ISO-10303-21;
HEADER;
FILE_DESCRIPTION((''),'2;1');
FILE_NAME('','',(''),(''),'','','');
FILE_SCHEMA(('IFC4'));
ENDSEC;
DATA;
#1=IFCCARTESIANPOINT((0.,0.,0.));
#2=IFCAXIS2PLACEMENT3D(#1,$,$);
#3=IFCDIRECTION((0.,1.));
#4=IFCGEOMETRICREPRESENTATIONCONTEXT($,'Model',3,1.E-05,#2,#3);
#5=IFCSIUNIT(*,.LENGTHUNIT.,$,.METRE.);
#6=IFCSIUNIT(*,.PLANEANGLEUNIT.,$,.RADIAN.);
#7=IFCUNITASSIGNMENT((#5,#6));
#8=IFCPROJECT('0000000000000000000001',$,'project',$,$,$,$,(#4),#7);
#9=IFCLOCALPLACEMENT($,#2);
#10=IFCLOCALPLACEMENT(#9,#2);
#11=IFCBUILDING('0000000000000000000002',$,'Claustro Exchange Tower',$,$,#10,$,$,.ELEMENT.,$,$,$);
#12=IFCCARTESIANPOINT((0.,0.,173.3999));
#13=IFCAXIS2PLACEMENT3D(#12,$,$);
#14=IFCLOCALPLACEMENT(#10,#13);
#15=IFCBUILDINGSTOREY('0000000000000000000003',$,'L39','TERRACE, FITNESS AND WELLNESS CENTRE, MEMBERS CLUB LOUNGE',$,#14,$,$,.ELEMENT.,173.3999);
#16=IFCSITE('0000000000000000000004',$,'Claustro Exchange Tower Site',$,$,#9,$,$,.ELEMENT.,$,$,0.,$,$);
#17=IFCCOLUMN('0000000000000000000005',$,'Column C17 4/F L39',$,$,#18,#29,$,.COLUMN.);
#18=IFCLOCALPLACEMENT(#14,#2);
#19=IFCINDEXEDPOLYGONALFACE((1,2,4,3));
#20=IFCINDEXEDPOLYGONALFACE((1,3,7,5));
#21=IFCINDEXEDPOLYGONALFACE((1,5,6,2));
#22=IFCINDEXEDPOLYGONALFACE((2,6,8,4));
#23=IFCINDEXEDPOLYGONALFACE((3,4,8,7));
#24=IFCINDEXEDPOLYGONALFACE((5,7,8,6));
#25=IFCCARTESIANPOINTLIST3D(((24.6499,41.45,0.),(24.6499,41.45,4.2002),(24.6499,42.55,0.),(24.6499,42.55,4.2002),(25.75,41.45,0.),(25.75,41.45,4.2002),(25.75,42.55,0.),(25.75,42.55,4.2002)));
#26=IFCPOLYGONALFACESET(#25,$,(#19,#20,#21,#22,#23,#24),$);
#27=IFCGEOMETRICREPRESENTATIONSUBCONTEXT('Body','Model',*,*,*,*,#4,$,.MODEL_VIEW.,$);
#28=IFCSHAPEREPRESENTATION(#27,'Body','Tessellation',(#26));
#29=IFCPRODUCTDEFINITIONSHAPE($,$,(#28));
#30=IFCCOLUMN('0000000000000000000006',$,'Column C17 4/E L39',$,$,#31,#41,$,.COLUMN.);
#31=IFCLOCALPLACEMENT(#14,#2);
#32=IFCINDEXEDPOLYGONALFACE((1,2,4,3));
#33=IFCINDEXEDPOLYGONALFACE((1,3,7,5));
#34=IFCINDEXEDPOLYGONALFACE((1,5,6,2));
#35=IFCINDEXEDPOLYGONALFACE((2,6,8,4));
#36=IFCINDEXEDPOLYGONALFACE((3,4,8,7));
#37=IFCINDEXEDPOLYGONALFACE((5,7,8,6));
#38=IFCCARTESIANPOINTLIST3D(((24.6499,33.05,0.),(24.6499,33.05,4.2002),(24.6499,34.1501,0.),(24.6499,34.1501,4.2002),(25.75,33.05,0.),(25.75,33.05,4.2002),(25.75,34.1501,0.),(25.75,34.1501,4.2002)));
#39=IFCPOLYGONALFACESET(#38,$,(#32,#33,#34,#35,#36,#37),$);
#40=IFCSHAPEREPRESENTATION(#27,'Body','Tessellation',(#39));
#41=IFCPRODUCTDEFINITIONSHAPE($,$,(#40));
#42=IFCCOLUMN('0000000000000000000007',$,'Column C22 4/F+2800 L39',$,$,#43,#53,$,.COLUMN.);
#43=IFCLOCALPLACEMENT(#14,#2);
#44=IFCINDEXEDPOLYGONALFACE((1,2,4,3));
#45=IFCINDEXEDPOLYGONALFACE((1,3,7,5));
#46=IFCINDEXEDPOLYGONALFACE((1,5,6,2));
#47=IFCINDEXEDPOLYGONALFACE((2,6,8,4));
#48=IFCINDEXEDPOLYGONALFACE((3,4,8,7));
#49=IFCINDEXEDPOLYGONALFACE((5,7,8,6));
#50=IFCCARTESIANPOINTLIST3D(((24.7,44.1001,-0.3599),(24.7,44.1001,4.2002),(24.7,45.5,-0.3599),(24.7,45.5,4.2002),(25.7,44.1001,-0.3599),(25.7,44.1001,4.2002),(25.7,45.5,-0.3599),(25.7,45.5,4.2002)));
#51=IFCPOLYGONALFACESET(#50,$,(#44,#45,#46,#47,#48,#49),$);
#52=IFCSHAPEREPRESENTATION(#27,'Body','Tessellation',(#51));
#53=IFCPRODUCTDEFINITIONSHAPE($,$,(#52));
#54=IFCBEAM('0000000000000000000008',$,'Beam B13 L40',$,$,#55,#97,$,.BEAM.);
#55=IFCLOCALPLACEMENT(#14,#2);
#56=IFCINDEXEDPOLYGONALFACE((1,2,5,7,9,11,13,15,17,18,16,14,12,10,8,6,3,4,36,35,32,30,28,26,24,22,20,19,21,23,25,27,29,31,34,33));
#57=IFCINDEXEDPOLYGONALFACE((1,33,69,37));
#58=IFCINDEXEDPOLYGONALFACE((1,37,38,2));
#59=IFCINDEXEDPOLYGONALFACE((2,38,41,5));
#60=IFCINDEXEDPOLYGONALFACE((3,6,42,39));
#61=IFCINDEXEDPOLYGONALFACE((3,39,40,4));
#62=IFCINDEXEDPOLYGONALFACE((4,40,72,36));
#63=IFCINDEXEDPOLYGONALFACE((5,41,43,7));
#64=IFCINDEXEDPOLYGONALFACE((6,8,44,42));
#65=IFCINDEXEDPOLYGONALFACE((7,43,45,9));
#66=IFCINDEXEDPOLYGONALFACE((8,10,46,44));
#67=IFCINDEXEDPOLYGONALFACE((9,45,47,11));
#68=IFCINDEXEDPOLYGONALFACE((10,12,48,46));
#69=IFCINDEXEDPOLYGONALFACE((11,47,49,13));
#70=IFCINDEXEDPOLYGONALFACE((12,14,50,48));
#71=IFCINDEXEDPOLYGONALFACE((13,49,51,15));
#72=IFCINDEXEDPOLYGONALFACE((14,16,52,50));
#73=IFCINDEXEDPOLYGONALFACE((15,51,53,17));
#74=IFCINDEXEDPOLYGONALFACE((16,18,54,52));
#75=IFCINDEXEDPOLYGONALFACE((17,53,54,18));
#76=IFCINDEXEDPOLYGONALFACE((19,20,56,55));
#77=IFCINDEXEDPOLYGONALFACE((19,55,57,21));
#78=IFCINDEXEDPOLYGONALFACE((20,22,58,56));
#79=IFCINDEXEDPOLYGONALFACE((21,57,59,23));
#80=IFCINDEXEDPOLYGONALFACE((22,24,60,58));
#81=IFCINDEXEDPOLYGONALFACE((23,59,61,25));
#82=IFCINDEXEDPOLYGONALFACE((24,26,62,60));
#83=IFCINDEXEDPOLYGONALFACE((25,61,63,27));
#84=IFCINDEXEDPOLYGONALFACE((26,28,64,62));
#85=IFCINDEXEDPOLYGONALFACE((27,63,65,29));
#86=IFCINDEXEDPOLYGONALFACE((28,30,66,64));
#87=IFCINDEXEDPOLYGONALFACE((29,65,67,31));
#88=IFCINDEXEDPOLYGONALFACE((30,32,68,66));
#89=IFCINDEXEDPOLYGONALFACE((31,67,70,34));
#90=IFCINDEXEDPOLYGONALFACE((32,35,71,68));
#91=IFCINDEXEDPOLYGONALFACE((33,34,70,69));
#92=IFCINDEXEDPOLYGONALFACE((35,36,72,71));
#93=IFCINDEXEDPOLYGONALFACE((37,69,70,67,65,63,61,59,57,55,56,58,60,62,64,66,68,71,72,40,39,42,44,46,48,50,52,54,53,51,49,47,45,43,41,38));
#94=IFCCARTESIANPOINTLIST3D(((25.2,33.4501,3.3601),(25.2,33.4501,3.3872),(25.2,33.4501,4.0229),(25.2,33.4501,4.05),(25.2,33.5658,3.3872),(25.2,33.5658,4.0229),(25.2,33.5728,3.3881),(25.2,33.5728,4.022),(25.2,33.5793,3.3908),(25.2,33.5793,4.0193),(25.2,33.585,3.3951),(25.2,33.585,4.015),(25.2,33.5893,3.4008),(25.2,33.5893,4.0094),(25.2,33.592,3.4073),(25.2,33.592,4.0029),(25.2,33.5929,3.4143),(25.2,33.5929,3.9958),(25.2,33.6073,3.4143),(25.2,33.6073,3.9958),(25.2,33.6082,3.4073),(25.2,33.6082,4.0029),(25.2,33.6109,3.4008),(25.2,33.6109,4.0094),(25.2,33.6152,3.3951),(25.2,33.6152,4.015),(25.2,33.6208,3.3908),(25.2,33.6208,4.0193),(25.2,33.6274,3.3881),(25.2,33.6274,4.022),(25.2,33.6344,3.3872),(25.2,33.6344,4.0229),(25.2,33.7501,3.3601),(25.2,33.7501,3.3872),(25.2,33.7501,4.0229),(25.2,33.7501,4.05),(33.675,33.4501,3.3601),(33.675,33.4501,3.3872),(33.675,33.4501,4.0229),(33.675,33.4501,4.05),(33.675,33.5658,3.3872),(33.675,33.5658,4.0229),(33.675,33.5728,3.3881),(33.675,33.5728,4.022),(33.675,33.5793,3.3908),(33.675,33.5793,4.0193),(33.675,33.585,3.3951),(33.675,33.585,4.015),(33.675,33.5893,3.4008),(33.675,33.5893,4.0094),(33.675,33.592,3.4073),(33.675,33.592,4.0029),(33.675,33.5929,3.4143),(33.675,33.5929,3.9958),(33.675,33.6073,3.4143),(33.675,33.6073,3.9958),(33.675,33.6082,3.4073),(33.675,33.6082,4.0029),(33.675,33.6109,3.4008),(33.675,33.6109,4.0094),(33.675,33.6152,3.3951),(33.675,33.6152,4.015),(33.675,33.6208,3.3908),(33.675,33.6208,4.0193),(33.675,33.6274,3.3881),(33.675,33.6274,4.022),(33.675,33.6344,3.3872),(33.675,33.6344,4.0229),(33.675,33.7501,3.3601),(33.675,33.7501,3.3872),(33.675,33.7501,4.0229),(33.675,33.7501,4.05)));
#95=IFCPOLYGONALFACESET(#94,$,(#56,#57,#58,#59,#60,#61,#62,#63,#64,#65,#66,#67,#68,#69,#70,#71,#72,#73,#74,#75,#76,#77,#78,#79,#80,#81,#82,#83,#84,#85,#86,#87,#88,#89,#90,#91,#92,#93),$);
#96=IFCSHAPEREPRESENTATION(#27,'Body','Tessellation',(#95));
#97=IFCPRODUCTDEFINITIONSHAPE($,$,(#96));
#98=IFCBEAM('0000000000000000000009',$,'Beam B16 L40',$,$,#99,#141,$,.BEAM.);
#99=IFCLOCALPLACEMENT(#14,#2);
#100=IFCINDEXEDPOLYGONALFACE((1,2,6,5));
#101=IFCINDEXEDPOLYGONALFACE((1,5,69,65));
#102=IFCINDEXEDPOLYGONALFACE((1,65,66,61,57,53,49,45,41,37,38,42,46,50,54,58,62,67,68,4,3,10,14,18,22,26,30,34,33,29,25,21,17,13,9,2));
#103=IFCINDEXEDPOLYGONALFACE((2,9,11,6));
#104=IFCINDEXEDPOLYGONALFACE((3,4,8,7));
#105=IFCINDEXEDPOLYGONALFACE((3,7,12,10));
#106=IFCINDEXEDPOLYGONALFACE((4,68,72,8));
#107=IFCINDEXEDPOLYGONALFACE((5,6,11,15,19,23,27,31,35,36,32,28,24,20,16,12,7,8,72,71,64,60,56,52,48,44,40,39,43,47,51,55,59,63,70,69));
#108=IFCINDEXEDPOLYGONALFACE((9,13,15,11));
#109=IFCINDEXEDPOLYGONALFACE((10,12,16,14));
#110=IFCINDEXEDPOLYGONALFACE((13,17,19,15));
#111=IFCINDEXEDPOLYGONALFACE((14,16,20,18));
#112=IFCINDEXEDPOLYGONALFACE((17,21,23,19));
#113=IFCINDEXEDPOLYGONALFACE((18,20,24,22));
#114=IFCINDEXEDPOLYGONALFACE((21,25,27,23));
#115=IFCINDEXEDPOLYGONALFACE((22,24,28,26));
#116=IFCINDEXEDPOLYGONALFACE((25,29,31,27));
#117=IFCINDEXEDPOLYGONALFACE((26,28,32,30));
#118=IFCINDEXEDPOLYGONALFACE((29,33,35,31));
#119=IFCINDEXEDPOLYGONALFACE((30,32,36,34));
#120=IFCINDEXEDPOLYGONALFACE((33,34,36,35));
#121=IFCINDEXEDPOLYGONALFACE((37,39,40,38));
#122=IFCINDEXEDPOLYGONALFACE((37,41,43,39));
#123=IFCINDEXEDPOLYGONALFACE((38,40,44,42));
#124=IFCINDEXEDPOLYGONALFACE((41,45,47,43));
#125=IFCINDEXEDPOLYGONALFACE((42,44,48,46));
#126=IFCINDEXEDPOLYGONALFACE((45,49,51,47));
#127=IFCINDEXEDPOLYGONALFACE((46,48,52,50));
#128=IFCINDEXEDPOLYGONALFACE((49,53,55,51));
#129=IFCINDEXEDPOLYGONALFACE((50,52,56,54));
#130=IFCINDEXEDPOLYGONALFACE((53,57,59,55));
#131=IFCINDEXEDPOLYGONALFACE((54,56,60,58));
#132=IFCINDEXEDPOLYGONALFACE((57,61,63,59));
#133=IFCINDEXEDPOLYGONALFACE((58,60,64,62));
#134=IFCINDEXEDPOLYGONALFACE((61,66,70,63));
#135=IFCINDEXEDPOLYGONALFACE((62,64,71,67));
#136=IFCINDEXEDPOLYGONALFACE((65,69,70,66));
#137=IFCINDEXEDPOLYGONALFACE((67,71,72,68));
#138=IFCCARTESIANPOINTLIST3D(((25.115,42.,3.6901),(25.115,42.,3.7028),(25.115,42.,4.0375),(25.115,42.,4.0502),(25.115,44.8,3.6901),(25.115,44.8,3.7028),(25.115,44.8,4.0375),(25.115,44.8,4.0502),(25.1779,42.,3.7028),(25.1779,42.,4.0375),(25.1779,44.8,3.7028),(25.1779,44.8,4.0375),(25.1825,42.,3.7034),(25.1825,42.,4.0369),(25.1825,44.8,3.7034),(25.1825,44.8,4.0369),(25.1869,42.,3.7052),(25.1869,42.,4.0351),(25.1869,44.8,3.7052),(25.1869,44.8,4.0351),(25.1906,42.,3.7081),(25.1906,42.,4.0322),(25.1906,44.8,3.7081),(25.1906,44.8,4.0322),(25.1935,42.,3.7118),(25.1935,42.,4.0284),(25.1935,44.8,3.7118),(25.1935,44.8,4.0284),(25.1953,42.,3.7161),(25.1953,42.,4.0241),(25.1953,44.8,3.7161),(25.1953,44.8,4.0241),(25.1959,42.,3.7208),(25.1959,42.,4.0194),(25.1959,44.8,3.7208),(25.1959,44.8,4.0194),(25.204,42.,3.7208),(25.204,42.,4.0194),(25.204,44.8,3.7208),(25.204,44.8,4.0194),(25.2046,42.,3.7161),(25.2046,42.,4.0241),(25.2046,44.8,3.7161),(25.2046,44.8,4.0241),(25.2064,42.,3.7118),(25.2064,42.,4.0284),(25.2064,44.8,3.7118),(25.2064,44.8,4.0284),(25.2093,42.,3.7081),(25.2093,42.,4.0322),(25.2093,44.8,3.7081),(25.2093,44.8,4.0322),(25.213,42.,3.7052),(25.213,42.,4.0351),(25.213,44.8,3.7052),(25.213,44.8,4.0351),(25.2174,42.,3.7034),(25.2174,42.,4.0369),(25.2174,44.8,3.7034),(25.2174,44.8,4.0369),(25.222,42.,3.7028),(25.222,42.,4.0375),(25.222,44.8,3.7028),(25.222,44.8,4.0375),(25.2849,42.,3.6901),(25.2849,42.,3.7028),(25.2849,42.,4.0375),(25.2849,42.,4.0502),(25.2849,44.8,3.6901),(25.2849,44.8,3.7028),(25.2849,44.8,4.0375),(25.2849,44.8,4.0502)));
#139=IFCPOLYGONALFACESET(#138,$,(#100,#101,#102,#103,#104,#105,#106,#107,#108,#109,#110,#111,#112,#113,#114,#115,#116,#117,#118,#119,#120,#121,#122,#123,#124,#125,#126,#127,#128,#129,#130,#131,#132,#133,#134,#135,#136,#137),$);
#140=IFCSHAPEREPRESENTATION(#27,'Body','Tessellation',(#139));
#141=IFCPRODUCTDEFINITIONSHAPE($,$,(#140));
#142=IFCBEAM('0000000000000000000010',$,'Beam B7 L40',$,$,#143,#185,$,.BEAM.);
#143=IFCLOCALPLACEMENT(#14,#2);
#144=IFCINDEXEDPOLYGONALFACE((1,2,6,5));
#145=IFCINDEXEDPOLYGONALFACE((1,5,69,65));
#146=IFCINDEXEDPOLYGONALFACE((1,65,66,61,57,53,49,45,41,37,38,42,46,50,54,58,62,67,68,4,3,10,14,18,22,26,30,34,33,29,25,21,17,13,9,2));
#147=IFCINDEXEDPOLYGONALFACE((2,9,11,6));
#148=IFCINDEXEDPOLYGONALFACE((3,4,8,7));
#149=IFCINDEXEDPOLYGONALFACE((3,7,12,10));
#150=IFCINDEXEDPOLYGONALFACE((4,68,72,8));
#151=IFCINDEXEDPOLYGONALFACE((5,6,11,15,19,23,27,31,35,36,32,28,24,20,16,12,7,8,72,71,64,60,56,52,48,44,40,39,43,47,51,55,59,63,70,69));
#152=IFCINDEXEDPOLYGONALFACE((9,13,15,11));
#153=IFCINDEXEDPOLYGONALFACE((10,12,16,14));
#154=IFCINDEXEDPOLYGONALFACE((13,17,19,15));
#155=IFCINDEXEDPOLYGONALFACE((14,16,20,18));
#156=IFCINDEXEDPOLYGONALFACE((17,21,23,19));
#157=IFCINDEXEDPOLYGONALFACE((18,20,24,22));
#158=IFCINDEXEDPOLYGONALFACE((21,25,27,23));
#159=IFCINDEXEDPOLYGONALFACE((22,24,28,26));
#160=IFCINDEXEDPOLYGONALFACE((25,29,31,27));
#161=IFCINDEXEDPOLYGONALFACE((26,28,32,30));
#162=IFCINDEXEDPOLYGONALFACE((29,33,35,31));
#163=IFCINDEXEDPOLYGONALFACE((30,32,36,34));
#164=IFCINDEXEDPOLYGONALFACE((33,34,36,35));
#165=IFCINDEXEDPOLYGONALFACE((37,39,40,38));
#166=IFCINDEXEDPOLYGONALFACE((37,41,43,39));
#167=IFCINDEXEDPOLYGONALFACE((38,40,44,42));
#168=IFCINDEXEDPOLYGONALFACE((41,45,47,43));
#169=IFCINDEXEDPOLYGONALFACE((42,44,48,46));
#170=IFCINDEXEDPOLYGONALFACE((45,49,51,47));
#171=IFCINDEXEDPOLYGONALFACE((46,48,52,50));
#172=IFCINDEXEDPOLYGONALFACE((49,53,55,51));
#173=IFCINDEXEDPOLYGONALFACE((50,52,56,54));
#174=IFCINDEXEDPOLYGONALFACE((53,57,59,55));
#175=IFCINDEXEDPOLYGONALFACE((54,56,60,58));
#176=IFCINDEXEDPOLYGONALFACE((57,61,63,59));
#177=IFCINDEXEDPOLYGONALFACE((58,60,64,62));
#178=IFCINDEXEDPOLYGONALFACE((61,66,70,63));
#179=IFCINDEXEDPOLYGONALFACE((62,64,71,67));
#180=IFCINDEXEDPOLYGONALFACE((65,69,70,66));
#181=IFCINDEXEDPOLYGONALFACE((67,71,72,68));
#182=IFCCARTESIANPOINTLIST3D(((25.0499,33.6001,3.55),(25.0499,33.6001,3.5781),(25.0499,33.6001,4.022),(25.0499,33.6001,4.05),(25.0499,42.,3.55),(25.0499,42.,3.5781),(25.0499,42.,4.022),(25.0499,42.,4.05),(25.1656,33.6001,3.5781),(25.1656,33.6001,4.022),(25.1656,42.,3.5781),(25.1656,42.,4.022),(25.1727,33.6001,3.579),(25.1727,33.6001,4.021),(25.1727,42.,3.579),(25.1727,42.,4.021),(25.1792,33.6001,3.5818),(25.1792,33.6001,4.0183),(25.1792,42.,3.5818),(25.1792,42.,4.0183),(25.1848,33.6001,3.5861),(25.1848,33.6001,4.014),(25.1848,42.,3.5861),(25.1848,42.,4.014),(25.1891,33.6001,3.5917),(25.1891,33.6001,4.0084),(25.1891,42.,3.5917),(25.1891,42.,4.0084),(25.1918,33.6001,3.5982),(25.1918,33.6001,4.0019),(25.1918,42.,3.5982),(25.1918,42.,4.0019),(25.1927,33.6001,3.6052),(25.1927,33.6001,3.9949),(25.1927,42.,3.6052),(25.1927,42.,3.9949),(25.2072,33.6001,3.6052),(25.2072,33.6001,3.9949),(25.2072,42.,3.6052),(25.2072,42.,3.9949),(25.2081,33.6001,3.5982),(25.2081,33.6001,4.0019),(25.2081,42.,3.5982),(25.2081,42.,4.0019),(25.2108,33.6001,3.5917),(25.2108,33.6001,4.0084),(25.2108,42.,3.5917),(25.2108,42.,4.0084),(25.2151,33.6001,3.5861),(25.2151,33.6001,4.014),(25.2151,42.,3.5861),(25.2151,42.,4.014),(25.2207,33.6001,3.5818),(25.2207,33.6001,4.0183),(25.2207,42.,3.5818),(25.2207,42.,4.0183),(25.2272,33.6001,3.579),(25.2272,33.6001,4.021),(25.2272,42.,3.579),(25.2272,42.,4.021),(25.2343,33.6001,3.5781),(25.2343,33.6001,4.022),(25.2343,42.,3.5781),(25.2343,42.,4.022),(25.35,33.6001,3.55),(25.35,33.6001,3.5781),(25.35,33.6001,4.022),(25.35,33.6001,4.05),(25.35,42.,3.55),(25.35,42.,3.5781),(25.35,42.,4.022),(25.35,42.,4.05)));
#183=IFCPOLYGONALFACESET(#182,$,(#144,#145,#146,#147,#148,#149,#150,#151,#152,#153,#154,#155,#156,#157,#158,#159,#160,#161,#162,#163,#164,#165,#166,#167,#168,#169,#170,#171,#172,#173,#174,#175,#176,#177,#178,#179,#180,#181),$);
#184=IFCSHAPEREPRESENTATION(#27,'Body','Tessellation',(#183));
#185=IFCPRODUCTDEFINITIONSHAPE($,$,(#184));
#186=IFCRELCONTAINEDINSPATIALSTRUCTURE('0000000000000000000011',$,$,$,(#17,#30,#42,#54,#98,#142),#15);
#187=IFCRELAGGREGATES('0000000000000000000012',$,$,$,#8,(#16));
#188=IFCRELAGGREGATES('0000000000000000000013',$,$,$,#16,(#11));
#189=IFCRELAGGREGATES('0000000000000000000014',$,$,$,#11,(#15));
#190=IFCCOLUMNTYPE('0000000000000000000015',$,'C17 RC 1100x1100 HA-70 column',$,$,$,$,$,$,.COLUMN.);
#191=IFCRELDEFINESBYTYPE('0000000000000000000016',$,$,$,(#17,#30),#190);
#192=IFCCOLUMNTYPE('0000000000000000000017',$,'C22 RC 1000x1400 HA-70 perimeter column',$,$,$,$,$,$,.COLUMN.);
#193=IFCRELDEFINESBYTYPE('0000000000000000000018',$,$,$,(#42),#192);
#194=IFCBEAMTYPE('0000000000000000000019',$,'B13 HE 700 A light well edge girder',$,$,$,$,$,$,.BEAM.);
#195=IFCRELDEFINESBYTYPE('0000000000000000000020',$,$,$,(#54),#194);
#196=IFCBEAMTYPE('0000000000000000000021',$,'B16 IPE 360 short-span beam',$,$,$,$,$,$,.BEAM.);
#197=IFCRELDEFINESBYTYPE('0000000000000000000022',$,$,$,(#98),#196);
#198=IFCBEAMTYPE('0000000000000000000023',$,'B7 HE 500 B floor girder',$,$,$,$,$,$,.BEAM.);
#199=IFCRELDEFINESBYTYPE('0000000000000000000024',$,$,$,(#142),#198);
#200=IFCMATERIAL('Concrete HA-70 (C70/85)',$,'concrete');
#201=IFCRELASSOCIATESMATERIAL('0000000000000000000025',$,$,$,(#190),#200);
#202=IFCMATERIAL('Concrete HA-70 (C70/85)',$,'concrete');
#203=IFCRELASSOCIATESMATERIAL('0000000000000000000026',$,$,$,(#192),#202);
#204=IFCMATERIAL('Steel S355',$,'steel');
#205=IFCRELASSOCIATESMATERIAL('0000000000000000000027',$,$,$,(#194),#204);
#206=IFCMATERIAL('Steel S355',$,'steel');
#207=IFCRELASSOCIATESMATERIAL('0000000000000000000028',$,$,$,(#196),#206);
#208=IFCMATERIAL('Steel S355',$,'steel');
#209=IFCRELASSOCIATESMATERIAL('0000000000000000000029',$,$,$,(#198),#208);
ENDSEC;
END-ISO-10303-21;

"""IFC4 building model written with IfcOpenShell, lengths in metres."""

from ifc_helpers import new_model, si_unit, direction, frame, origin, origin_2d, place, context, subcontext, project, spatial, rectangle, i_section, extrude, material, material_profile, profile_set, type_object, element, save


model = new_model("IFC4")

# Units and contexts
model_context = context("Model", 3, precision=1e-05, world=origin(), true_north=direction((0.0, 1.0)))
body_context = subcontext(model_context, "Body", "Model", "MODEL_VIEW")
ifc_project = project(units=[si_unit("LENGTHUNIT", "METRE"), si_unit("PLANEANGLEUNIT", "RADIAN")], contexts=[model_context])

# Site, building, storey
site_placement = place(None, origin())
site = spatial("IfcSite", under=ifc_project, at=site_placement, Name="Claustro Exchange Tower Site", CompositionType="ELEMENT", RefElevation=0.0)
building_placement = place(site_placement, origin())
building = spatial("IfcBuilding", under=site, at=building_placement, Name="Claustro Exchange Tower", CompositionType="ELEMENT")
storey_placement = place(building_placement, frame((0.0, 0.0, 173.3999)))
storey = spatial("IfcBuildingStorey", under=building, at=storey_placement, Name="L39", Description="TERRACE, FITNESS AND WELLNESS CENTRE, MEMBERS CLUB LOUNGE", CompositionType="ELEMENT", Elevation=173.3999)

# Columns
ifc_material_1 = material(Name="Concrete HA-70 (C70/85)", Category="concrete")
ifc_material_profile_1 = material_profile(ifc_material_1, rectangle(XDim=1.1001, YDim=1.1001, at=origin_2d()), Name="RC 1100x1100")
ifc_profile_set_1 = profile_set([ifc_material_profile_1], Name="Concrete HA-70 (C70/85)")
column_type_1 = type_object("IfcColumnType", Name="C17 RC 1100x1100 HA-70 column", PredefinedType="COLUMN", material=ifc_profile_set_1)
for number, where, z_axis, x_axis, name in (
    (1, (25.2, 42.0, 0.0), (0.0, 0.0, 1.0), (1.0, 0.0, 0.0), "Column C17 4/F L39"),
    (2, (25.2, 33.6001, 0.0), (0.0, 0.0, 1.0), (1.0, 0.0, 0.0), "Column C17 4/E L39"),
):
    element("IfcColumn", number, at=place(storey_placement, frame(where, z_axis=z_axis, x_axis=x_axis)), inside=storey, type_object=column_type_1, Name=name, PredefinedType="COLUMN", context=body_context, shape_type="SweptSolid", body=[
        extrude(rectangle(XDim=1.1001, YDim=1.1001, at=origin_2d()), origin(), (0.0, 0.0, 1.0), 4.2002),
    ])
ifc_material_2 = material(Name="Concrete HA-70 (C70/85)", Category="concrete")
ifc_material_profile_2 = material_profile(ifc_material_2, rectangle(XDim=1.0, YDim=1.3999, at=origin_2d()), Name="RC 1000x1400")
ifc_profile_set_2 = profile_set([ifc_material_profile_2], Name="Concrete HA-70 (C70/85)")
column_type_2 = type_object("IfcColumnType", Name="C22 RC 1000x1400 HA-70 perimeter column", PredefinedType="COLUMN", material=ifc_profile_set_2)
column_placement = place(storey_placement, frame((25.2, 44.8, -0.3599), z_axis=(0.0, 0.0, 1.0), x_axis=(1.0, 0.0, 0.0)))
element("IfcColumn", 3, at=column_placement, inside=storey, type_object=column_type_2, Name="Column C22 4/F+2800 L39", PredefinedType="COLUMN", context=body_context, shape_type="SweptSolid", body=[
    extrude(rectangle(XDim=1.0, YDim=1.3999, at=origin_2d()), origin(), (0.0, 0.0, 1.0), 4.5601),
])

# Beams
ifc_material_3 = material(Name="Steel S355", Category="steel")
ifc_material_profile_3 = material_profile(ifc_material_3, i_section(OverallWidth=0.3, OverallDepth=0.6899, WebThickness=0.0144, FlangeThickness=0.0271, FilletRadius=0.0271, at=origin_2d()), Name="HE 700 A")
ifc_profile_set_3 = profile_set([ifc_material_profile_3], Name="Steel S355")
beam_type_1 = type_object("IfcBeamType", Name="B13 HE 700 A light well edge girder", PredefinedType="BEAM", material=ifc_profile_set_3)
beam_1_placement = place(storey_placement, frame((25.2, 33.6001, 3.7051), z_axis=(1.0, 0.0, 0.0), x_axis=(0.0, 1.0, 0.0)))
element("IfcBeam", 4, at=beam_1_placement, inside=storey, type_object=beam_type_1, Name="Beam B13 L40", PredefinedType="BEAM", context=body_context, shape_type="SweptSolid", body=[
    extrude(i_section(OverallWidth=0.3, OverallDepth=0.6899, WebThickness=0.0144, FlangeThickness=0.0271, FilletRadius=0.0271, at=origin_2d()), origin(), (0.0, 0.0, 1.0), 8.4751),
])
ifc_material_4 = material(Name="Steel S355", Category="steel")
ifc_material_profile_4 = material_profile(ifc_material_4, i_section(OverallWidth=0.1699, OverallDepth=0.3601, WebThickness=0.0081, FlangeThickness=0.0127, FilletRadius=0.0181, at=origin_2d()), Name="IPE 360")
ifc_profile_set_4 = profile_set([ifc_material_profile_4], Name="Steel S355")
beam_type_2 = type_object("IfcBeamType", Name="B16 IPE 360 short-span beam", PredefinedType="BEAM", material=ifc_profile_set_4)
beam_2_placement = place(storey_placement, frame((25.2, 42.0, 3.8701), z_axis=(0.0, 1.0, 0.0), x_axis=(-1.0, 0.0, 0.0)))
element("IfcBeam", 5, at=beam_2_placement, inside=storey, type_object=beam_type_2, Name="Beam B16 L40", PredefinedType="BEAM", context=body_context, shape_type="SweptSolid", body=[
    extrude(i_section(OverallWidth=0.1699, OverallDepth=0.3601, WebThickness=0.0081, FlangeThickness=0.0127, FilletRadius=0.0181, at=origin_2d()), origin(), (0.0, 0.0, 1.0), 2.8),
])
ifc_material_5 = material(Name="Steel S355", Category="steel")
ifc_material_profile_5 = material_profile(ifc_material_5, i_section(OverallWidth=0.3, OverallDepth=0.5, WebThickness=0.0144, FlangeThickness=0.0281, FilletRadius=0.0271, at=origin_2d()), Name="HE 500 B")
ifc_profile_set_5 = profile_set([ifc_material_profile_5], Name="Steel S355")
beam_type_3 = type_object("IfcBeamType", Name="B7 HE 500 B floor girder", PredefinedType="BEAM", material=ifc_profile_set_5)
beam_3_placement = place(storey_placement, frame((25.2, 33.6001, 3.8), z_axis=(0.0, 1.0, 0.0), x_axis=(-1.0, 0.0, 0.0)))
element("IfcBeam", 6, at=beam_3_placement, inside=storey, type_object=beam_type_3, Name="Beam B7 L40", PredefinedType="BEAM", context=body_context, shape_type="SweptSolid", body=[
    extrude(i_section(OverallWidth=0.3, OverallDepth=0.5, WebThickness=0.0144, FlangeThickness=0.0281, FilletRadius=0.0271, at=origin_2d()), origin(), (0.0, 0.0, 1.0), 8.3999),
])

save(model, "model.ifc")
